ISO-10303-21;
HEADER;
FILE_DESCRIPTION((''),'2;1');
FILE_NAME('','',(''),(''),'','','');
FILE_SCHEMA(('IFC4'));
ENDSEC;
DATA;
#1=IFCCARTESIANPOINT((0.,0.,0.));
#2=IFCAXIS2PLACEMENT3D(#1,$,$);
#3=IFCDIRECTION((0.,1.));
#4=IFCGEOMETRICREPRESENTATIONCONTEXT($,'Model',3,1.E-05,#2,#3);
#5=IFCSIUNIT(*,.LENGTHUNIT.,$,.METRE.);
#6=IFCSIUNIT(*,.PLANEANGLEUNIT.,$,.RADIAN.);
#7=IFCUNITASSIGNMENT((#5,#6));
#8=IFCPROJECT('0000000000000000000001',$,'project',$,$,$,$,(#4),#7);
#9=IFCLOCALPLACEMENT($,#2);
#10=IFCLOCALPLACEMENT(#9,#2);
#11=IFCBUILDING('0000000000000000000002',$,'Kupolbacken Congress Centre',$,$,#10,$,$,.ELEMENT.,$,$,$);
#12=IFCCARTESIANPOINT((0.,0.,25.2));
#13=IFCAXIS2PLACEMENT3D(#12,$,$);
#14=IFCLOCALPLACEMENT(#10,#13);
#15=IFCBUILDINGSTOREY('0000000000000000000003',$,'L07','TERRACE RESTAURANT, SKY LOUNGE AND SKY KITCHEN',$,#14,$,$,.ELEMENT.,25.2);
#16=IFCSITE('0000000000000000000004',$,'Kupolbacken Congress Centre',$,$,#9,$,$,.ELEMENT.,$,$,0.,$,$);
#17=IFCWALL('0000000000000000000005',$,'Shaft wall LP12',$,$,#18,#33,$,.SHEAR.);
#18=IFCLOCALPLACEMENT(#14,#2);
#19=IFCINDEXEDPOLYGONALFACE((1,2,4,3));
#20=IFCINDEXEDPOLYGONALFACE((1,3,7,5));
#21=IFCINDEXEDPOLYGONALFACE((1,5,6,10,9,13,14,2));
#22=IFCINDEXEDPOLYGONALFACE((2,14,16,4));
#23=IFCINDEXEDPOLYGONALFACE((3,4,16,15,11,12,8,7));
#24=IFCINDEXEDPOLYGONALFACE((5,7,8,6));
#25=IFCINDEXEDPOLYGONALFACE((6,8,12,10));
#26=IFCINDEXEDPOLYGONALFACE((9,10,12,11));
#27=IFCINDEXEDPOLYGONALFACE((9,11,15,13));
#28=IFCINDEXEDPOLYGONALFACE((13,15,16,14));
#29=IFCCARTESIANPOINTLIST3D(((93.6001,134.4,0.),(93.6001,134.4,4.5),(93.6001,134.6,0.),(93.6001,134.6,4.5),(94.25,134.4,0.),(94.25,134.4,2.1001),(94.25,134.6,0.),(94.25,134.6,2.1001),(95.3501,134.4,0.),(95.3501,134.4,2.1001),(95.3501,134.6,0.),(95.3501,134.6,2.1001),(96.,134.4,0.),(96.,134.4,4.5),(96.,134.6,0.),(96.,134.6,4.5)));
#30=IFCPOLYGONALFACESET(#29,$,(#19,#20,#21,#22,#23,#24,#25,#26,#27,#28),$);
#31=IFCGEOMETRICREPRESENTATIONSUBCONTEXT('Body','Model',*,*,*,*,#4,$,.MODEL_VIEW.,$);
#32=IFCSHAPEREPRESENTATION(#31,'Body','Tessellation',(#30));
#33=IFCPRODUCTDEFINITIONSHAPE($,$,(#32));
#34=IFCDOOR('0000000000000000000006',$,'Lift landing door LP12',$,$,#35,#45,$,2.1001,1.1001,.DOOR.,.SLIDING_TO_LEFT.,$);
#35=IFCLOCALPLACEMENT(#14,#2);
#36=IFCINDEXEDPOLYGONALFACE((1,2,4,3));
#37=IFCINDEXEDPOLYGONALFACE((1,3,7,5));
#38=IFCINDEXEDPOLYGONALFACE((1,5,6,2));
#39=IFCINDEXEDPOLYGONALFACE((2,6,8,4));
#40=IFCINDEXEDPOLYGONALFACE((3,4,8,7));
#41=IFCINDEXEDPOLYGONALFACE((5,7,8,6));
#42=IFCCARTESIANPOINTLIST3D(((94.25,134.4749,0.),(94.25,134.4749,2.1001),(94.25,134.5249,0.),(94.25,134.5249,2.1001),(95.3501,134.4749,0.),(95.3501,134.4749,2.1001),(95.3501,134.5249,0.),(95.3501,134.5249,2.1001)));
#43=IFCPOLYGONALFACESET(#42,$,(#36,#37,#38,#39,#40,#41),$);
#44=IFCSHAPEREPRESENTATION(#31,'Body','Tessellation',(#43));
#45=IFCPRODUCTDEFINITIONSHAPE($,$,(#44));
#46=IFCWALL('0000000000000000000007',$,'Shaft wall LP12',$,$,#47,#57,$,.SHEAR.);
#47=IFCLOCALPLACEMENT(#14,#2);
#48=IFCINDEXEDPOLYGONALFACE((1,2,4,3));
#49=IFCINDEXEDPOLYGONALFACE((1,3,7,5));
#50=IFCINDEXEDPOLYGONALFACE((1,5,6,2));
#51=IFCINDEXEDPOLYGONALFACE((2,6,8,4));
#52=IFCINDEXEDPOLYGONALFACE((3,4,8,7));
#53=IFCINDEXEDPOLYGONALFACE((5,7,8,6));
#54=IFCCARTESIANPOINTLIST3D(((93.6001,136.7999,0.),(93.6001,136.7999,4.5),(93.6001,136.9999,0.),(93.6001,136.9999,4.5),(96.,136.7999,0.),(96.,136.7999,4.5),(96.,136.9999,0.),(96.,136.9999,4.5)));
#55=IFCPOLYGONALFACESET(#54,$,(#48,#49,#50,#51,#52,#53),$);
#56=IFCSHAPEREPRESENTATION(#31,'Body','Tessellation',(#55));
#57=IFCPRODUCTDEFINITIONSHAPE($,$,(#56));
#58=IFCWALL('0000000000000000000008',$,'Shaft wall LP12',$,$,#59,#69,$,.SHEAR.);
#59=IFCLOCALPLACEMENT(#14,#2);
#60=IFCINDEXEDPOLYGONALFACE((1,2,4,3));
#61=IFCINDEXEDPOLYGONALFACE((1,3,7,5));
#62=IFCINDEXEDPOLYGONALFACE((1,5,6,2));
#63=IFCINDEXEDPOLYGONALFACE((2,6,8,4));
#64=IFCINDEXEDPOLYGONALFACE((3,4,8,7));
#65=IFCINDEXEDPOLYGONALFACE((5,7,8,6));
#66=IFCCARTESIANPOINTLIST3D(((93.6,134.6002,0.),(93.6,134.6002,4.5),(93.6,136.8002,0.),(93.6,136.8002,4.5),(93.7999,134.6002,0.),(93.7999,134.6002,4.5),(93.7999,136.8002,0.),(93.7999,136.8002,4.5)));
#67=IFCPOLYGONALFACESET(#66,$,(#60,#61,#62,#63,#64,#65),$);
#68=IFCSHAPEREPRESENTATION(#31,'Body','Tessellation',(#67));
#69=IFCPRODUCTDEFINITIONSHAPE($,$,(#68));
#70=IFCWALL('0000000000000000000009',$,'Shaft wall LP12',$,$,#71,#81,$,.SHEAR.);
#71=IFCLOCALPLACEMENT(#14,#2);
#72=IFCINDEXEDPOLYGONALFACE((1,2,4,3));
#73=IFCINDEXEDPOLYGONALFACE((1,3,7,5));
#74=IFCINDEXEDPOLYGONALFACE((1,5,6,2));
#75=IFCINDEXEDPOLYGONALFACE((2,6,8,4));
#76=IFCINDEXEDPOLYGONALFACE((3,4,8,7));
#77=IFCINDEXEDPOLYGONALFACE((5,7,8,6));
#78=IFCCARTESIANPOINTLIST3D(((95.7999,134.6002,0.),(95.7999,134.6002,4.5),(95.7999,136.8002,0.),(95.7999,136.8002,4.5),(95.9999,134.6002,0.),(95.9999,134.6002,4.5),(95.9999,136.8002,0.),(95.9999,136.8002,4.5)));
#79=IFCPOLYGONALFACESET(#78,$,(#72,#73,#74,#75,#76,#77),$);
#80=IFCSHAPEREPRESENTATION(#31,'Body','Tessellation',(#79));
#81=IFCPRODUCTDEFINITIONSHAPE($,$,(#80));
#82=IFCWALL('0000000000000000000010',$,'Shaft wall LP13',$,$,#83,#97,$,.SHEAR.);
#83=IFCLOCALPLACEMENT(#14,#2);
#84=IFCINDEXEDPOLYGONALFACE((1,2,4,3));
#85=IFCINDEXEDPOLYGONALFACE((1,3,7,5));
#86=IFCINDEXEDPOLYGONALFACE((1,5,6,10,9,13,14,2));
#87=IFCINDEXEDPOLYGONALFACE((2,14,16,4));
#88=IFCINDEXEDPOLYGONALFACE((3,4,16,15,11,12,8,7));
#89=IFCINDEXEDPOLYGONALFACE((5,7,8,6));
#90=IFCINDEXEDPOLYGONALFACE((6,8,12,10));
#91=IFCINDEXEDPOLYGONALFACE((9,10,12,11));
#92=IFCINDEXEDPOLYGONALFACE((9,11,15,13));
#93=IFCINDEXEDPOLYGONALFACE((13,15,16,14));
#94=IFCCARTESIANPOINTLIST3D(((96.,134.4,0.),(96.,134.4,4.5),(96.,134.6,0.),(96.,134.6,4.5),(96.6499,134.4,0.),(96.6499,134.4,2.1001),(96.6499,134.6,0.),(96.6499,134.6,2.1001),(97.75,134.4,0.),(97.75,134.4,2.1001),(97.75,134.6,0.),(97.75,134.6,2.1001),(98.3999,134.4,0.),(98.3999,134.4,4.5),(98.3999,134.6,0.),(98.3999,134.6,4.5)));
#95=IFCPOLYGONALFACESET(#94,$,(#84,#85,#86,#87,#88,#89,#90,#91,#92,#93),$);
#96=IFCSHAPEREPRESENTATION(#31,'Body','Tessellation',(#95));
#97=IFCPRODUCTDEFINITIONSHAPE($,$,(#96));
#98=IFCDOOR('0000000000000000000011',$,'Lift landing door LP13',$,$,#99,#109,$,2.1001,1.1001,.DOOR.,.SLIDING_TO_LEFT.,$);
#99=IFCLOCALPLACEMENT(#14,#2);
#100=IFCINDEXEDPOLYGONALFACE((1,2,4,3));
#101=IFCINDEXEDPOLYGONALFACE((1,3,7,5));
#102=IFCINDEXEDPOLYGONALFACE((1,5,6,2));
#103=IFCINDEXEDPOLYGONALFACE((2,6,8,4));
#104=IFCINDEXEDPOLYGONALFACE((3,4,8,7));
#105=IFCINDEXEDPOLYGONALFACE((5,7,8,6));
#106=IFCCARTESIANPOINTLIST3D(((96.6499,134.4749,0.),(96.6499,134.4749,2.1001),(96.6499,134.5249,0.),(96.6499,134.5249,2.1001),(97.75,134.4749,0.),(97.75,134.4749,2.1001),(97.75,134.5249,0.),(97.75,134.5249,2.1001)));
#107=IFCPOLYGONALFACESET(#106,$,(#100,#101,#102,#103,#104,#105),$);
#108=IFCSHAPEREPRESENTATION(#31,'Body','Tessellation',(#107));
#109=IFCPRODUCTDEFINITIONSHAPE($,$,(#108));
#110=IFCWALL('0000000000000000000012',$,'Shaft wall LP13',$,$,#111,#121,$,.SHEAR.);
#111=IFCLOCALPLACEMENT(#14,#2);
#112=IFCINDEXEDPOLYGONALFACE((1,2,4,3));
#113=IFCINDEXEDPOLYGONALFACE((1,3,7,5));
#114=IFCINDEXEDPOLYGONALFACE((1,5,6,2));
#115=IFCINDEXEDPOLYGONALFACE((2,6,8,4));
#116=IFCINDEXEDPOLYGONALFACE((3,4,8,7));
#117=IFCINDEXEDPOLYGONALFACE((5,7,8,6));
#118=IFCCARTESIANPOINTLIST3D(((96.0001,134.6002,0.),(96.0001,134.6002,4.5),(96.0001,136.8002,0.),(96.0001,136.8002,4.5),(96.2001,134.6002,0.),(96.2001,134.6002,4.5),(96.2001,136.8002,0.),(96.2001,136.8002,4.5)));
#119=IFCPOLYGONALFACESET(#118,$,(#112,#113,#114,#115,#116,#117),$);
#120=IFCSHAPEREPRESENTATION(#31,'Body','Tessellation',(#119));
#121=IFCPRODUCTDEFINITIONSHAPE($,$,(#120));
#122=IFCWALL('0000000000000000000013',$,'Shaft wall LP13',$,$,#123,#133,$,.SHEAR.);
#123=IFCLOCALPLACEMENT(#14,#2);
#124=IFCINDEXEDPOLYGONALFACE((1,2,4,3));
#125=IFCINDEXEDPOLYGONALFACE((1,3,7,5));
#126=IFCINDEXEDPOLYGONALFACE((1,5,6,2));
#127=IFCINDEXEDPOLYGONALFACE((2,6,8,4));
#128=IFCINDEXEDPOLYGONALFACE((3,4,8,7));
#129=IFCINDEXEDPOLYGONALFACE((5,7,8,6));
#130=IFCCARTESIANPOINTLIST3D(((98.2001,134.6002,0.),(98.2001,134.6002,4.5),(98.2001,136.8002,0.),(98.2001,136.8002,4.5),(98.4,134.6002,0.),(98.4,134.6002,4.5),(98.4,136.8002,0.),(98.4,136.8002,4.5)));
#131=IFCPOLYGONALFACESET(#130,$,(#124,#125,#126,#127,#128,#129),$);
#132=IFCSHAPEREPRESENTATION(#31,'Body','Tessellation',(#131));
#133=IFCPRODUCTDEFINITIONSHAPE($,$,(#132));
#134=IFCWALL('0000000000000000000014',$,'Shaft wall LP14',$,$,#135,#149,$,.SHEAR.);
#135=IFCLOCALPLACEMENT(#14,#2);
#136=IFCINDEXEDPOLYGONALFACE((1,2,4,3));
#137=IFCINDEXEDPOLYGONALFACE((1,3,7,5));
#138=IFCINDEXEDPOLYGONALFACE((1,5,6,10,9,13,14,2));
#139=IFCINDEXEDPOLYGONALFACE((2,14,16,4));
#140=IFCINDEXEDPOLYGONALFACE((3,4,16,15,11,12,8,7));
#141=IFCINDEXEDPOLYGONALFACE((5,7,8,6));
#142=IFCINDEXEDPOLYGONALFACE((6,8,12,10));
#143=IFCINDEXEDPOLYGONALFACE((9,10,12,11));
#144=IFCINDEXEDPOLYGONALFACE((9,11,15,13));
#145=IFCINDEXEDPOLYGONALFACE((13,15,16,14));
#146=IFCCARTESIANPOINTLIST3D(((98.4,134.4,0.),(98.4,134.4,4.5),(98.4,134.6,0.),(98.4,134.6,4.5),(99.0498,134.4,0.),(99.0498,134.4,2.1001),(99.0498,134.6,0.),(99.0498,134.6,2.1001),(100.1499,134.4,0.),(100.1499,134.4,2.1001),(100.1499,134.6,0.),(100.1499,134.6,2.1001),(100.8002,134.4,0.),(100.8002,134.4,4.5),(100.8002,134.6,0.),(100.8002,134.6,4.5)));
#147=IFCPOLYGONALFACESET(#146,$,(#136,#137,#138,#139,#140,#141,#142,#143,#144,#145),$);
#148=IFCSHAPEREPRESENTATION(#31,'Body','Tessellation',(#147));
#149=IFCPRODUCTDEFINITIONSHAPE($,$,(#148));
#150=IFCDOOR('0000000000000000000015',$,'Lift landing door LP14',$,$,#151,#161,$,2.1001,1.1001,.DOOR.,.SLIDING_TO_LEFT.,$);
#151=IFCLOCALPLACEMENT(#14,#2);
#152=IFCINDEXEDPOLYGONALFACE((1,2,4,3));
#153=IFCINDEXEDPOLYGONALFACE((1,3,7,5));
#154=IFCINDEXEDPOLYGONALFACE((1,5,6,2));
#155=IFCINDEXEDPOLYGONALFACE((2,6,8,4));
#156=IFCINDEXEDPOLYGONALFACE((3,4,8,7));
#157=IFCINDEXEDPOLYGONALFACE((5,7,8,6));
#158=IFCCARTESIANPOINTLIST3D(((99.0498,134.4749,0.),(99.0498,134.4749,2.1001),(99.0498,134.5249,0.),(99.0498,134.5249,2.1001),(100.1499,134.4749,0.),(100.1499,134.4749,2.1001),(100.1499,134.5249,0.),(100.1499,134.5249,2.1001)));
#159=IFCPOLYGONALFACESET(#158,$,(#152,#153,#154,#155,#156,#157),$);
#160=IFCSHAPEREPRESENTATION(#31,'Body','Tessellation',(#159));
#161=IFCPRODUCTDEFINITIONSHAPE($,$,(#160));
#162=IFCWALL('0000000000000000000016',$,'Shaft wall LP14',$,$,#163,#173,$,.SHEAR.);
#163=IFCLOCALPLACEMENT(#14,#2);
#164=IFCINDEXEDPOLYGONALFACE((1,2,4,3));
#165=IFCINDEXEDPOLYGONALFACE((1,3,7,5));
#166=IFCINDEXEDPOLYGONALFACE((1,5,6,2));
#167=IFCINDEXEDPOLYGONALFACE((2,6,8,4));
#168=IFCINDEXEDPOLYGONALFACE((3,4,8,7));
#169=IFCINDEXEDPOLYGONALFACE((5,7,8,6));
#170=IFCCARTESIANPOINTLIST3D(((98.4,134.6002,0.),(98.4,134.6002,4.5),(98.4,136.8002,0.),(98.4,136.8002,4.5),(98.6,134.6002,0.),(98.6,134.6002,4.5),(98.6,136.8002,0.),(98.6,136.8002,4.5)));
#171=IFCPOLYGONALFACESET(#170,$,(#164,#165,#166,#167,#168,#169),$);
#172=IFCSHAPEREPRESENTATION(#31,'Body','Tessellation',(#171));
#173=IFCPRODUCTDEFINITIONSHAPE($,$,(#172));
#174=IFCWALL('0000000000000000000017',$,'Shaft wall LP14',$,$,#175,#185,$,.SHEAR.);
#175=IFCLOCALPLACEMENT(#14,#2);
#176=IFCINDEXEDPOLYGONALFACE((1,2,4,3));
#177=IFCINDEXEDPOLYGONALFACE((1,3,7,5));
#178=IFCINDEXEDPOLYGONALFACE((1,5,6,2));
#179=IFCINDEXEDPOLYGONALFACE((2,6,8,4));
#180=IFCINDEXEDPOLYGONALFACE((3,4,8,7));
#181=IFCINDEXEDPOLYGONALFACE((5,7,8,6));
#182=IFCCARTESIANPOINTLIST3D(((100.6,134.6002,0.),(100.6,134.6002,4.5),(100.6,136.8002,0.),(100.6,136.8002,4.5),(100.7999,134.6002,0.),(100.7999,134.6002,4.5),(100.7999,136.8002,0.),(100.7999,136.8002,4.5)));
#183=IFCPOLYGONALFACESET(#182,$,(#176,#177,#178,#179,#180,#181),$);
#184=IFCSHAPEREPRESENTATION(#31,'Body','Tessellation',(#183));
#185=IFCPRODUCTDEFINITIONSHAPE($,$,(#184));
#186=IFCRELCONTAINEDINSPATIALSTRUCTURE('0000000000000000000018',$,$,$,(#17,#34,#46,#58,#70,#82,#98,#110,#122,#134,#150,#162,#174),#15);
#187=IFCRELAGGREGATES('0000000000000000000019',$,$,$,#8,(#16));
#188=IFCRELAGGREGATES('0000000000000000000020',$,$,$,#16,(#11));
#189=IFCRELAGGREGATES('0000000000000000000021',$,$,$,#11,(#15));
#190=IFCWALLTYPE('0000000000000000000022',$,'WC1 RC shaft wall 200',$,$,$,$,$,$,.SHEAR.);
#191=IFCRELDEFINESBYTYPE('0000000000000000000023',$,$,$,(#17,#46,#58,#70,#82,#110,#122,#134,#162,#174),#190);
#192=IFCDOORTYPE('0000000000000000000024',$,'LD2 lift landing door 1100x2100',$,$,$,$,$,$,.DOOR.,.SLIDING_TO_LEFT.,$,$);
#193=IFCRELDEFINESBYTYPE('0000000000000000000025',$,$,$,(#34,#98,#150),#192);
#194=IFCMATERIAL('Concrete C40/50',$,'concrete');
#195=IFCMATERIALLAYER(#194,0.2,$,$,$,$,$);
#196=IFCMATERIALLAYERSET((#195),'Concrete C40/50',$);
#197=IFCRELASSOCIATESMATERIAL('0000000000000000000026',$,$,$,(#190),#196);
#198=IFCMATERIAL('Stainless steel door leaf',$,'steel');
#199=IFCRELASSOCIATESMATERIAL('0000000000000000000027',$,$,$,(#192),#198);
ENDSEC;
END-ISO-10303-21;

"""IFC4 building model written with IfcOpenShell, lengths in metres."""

from ifc_helpers import new_model, si_unit, direction, frame, frame_2d, origin, place, context, subcontext, project, spatial, rectangle, extrude, material, layer, layer_set, type_object, element, fill, save


model = new_model("IFC4")

# Units and contexts
model_context = context("Model", 3, precision=1e-05, world=origin(), true_north=direction((0.0, 1.0)))
body_context = subcontext(model_context, "Body", "Model", "MODEL_VIEW")
ifc_project = project(units=[si_unit("LENGTHUNIT", "METRE"), si_unit("PLANEANGLEUNIT", "RADIAN")], contexts=[model_context])

# Site, building, storey
site_placement = place(None, origin())
site = spatial("IfcSite", under=ifc_project, at=site_placement, Name="Kupolbacken Congress Centre", CompositionType="ELEMENT", RefElevation=0.0)
building_placement = place(site_placement, origin())
building = spatial("IfcBuilding", under=site, at=building_placement, Name="Kupolbacken Congress Centre", CompositionType="ELEMENT")
storey_placement = place(building_placement, frame((0.0, 0.0, 25.2)))
storey = spatial("IfcBuildingStorey", under=building, at=storey_placement, Name="L07", Description="TERRACE RESTAURANT, SKY LOUNGE AND SKY KITCHEN", CompositionType="ELEMENT", Elevation=25.2)

# Shared definitions
ifc_material_1 = material(Name="Concrete C40/50", Category="concrete")
ifc_layer_1 = layer(ifc_material_1, 0.2)
ifc_layer_set_1 = layer_set([ifc_layer_1], Name="Concrete C40/50")
wall_type_1 = type_object("IfcWallType", Name="WC1 RC shaft wall 200", PredefinedType="SHEAR", material=ifc_layer_set_1)

# Wall, opening, door
wall_1_placement = place(storey_placement, frame((93.6001, 134.5, 0.0), z_axis=(0.0, 0.0, 1.0), x_axis=(1.0, 0.0, 0.0)))
wall_1 = element("IfcWall", 1, at=wall_1_placement, inside=storey, type_object=wall_type_1, Name="Shaft wall LP12", PredefinedType="SHEAR", context=body_context, shape_type="SweptSolid", body=[
    extrude(rectangle(XDim=2.3999, YDim=0.2, at=frame_2d((1.2, 0.0))), origin(), (0.0, 0.0, 1.0), 4.5),
])
opening_1_placement = place(wall_1_placement, frame((0.6499, 0.0, 0.0)))
opening_1 = element("IfcOpeningElement", 2, at=opening_1_placement, cuts=wall_1, PredefinedType="OPENING", context=body_context, shape_type="SweptSolid", body=[
    extrude(rectangle(XDim=1.1001, YDim=2.1001, at=frame_2d((0.55, 1.05))), frame((0.0, 0.1099, 0.0), z_axis=(0.0, -1.0, 0.0), x_axis=(1.0, 0.0, 0.0)), (0.0, 0.0, 1.0), 0.22),
])
ifc_material_2 = material(Name="Stainless steel door leaf", Category="steel")
door_type_1 = type_object("IfcDoorType", Name="LD2 lift landing door 1100x2100", OperationType="SLIDING_TO_LEFT", PredefinedType="DOOR", material=ifc_material_2)
door_1_placement = place(opening_1_placement, origin())
door_1 = element("IfcDoor", 3, at=door_1_placement, inside=storey, type_object=door_type_1, Name="Lift landing door LP12", OperationType="SLIDING_TO_LEFT", OverallHeight=2.1001, OverallWidth=1.1001, PredefinedType="DOOR", context=body_context, shape_type="SweptSolid", body=[
    extrude(rectangle(XDim=1.1001, YDim=2.1001, at=frame_2d((0.55, 1.05))), frame((0.0, 0.0249, 0.0), z_axis=(0.0, -1.0, 0.0), x_axis=(1.0, 0.0, 0.0)), (0.0, 0.0, 1.0), 0.05),
])
fill(opening_1, door_1)

# Walls
wall_2_placement = place(storey_placement, frame((93.6001, 136.8999, 0.0), z_axis=(0.0, 0.0, 1.0), x_axis=(1.0, 0.0, 0.0)))
element("IfcWall", 4, at=wall_2_placement, inside=storey, type_object=wall_type_1, Name="Shaft wall LP12", PredefinedType="SHEAR", context=body_context, shape_type="SweptSolid", body=[
    extrude(rectangle(XDim=2.3999, YDim=0.2, at=frame_2d((1.2, 0.0))), origin(), (0.0, 0.0, 1.0), 4.5),
])
for number, where, z_axis, x_axis, name in (
    (5, (93.7, 134.6001, 0.0), (0.0, 0.0, 1.0), (0.0, 1.0, 0.0), "Shaft wall LP12"),
    (6, (95.8999, 134.6001, 0.0), (0.0, 0.0, 1.0), (0.0, 1.0, 0.0), "Shaft wall LP12"),
):
    element("IfcWall", number, at=place(storey_placement, frame(where, z_axis=z_axis, x_axis=x_axis)), inside=storey, type_object=wall_type_1, Name=name, PredefinedType="SHEAR", context=body_context, shape_type="SweptSolid", body=[
        extrude(rectangle(XDim=2.2, YDim=0.2, at=frame_2d((1.1001, 0.0))), origin(), (0.0, 0.0, 1.0), 4.5),
    ])

# Wall, opening, door
wall_3_placement = place(storey_placement, frame((96.0, 134.5, 0.0), z_axis=(0.0, 0.0, 1.0), x_axis=(1.0, 0.0, 0.0)))
wall_3 = element("IfcWall", 7, at=wall_3_placement, inside=storey, type_object=wall_type_1, Name="Shaft wall LP13", PredefinedType="SHEAR", context=body_context, shape_type="SweptSolid", body=[
    extrude(rectangle(XDim=2.3999, YDim=0.2, at=frame_2d((1.2, 0.0))), origin(), (0.0, 0.0, 1.0), 4.5),
])
opening_2_placement = place(wall_3_placement, frame((0.6499, 0.0, 0.0)))
opening_2 = element("IfcOpeningElement", 8, at=opening_2_placement, cuts=wall_3, PredefinedType="OPENING", context=body_context, shape_type="SweptSolid", body=[
    extrude(rectangle(XDim=1.1001, YDim=2.1001, at=frame_2d((0.55, 1.05))), frame((0.0, 0.1099, 0.0), z_axis=(0.0, -1.0, 0.0), x_axis=(1.0, 0.0, 0.0)), (0.0, 0.0, 1.0), 0.22),
])
door_2_placement = place(opening_2_placement, origin())
door_2 = element("IfcDoor", 9, at=door_2_placement, inside=storey, type_object=door_type_1, Name="Lift landing door LP13", OperationType="SLIDING_TO_LEFT", OverallHeight=2.1001, OverallWidth=1.1001, PredefinedType="DOOR", context=body_context, shape_type="SweptSolid", body=[
    extrude(rectangle(XDim=1.1001, YDim=2.1001, at=frame_2d((0.55, 1.05))), frame((0.0, 0.0249, 0.0), z_axis=(0.0, -1.0, 0.0), x_axis=(1.0, 0.0, 0.0)), (0.0, 0.0, 1.0), 0.05),
])
fill(opening_2, door_2)

# Walls
for number, where, z_axis, x_axis, name in (
    (10, (96.1001, 134.6001, 0.0), (0.0, 0.0, 1.0), (0.0, 1.0, 0.0), "Shaft wall LP13"),
    (11, (98.3, 134.6001, 0.0), (0.0, 0.0, 1.0), (0.0, 1.0, 0.0), "Shaft wall LP13"),
):
    element("IfcWall", number, at=place(storey_placement, frame(where, z_axis=z_axis, x_axis=x_axis)), inside=storey, type_object=wall_type_1, Name=name, PredefinedType="SHEAR", context=body_context, shape_type="SweptSolid", body=[
        extrude(rectangle(XDim=2.2, YDim=0.2, at=frame_2d((1.1001, 0.0))), origin(), (0.0, 0.0, 1.0), 4.5),
    ])

# Wall, opening, door
wall_4_placement = place(storey_placement, frame((98.3999, 134.5, 0.0), z_axis=(0.0, 0.0, 1.0), x_axis=(1.0, 0.0, 0.0)))
wall_4 = element("IfcWall", 12, at=wall_4_placement, inside=storey, type_object=wall_type_1, Name="Shaft wall LP14", PredefinedType="SHEAR", context=body_context, shape_type="SweptSolid", body=[
    extrude(rectangle(XDim=2.4001, YDim=0.2, at=frame_2d((1.2002, 0.0))), origin(), (0.0, 0.0, 1.0), 4.5),
])
opening_3_placement = place(wall_4_placement, frame((0.6499, 0.0, 0.0)))
opening_3 = element("IfcOpeningElement", 13, at=opening_3_placement, cuts=wall_4, PredefinedType="OPENING", context=body_context, shape_type="SweptSolid", body=[
    extrude(rectangle(XDim=1.1001, YDim=2.1001, at=frame_2d((0.55, 1.05))), frame((0.0, 0.1099, 0.0), z_axis=(0.0, -1.0, 0.0), x_axis=(1.0, 0.0, 0.0)), (0.0, 0.0, 1.0), 0.22),
])
door_3_placement = place(opening_3_placement, origin())
door_3 = element("IfcDoor", 14, at=door_3_placement, inside=storey, type_object=door_type_1, Name="Lift landing door LP14", OperationType="SLIDING_TO_LEFT", OverallHeight=2.1001, OverallWidth=1.1001, PredefinedType="DOOR", context=body_context, shape_type="SweptSolid", body=[
    extrude(rectangle(XDim=1.1001, YDim=2.1001, at=frame_2d((0.55, 1.05))), frame((0.0, 0.0249, 0.0), z_axis=(0.0, -1.0, 0.0), x_axis=(1.0, 0.0, 0.0)), (0.0, 0.0, 1.0), 0.05),
])
fill(opening_3, door_3)

# Walls
for number, where, z_axis, x_axis, name in (
    (15, (98.5, 134.6001, 0.0), (0.0, 0.0, 1.0), (0.0, 1.0, 0.0), "Shaft wall LP14"),
    (16, (100.7, 134.6001, 0.0), (0.0, 0.0, 1.0), (0.0, 1.0, 0.0), "Shaft wall LP14"),
):
    element("IfcWall", number, at=place(storey_placement, frame(where, z_axis=z_axis, x_axis=x_axis)), inside=storey, type_object=wall_type_1, Name=name, PredefinedType="SHEAR", context=body_context, shape_type="SweptSolid", body=[
        extrude(rectangle(XDim=2.2, YDim=0.2, at=frame_2d((1.1001, 0.0))), origin(), (0.0, 0.0, 1.0), 4.5),
    ])

save(model, "model.ifc")
